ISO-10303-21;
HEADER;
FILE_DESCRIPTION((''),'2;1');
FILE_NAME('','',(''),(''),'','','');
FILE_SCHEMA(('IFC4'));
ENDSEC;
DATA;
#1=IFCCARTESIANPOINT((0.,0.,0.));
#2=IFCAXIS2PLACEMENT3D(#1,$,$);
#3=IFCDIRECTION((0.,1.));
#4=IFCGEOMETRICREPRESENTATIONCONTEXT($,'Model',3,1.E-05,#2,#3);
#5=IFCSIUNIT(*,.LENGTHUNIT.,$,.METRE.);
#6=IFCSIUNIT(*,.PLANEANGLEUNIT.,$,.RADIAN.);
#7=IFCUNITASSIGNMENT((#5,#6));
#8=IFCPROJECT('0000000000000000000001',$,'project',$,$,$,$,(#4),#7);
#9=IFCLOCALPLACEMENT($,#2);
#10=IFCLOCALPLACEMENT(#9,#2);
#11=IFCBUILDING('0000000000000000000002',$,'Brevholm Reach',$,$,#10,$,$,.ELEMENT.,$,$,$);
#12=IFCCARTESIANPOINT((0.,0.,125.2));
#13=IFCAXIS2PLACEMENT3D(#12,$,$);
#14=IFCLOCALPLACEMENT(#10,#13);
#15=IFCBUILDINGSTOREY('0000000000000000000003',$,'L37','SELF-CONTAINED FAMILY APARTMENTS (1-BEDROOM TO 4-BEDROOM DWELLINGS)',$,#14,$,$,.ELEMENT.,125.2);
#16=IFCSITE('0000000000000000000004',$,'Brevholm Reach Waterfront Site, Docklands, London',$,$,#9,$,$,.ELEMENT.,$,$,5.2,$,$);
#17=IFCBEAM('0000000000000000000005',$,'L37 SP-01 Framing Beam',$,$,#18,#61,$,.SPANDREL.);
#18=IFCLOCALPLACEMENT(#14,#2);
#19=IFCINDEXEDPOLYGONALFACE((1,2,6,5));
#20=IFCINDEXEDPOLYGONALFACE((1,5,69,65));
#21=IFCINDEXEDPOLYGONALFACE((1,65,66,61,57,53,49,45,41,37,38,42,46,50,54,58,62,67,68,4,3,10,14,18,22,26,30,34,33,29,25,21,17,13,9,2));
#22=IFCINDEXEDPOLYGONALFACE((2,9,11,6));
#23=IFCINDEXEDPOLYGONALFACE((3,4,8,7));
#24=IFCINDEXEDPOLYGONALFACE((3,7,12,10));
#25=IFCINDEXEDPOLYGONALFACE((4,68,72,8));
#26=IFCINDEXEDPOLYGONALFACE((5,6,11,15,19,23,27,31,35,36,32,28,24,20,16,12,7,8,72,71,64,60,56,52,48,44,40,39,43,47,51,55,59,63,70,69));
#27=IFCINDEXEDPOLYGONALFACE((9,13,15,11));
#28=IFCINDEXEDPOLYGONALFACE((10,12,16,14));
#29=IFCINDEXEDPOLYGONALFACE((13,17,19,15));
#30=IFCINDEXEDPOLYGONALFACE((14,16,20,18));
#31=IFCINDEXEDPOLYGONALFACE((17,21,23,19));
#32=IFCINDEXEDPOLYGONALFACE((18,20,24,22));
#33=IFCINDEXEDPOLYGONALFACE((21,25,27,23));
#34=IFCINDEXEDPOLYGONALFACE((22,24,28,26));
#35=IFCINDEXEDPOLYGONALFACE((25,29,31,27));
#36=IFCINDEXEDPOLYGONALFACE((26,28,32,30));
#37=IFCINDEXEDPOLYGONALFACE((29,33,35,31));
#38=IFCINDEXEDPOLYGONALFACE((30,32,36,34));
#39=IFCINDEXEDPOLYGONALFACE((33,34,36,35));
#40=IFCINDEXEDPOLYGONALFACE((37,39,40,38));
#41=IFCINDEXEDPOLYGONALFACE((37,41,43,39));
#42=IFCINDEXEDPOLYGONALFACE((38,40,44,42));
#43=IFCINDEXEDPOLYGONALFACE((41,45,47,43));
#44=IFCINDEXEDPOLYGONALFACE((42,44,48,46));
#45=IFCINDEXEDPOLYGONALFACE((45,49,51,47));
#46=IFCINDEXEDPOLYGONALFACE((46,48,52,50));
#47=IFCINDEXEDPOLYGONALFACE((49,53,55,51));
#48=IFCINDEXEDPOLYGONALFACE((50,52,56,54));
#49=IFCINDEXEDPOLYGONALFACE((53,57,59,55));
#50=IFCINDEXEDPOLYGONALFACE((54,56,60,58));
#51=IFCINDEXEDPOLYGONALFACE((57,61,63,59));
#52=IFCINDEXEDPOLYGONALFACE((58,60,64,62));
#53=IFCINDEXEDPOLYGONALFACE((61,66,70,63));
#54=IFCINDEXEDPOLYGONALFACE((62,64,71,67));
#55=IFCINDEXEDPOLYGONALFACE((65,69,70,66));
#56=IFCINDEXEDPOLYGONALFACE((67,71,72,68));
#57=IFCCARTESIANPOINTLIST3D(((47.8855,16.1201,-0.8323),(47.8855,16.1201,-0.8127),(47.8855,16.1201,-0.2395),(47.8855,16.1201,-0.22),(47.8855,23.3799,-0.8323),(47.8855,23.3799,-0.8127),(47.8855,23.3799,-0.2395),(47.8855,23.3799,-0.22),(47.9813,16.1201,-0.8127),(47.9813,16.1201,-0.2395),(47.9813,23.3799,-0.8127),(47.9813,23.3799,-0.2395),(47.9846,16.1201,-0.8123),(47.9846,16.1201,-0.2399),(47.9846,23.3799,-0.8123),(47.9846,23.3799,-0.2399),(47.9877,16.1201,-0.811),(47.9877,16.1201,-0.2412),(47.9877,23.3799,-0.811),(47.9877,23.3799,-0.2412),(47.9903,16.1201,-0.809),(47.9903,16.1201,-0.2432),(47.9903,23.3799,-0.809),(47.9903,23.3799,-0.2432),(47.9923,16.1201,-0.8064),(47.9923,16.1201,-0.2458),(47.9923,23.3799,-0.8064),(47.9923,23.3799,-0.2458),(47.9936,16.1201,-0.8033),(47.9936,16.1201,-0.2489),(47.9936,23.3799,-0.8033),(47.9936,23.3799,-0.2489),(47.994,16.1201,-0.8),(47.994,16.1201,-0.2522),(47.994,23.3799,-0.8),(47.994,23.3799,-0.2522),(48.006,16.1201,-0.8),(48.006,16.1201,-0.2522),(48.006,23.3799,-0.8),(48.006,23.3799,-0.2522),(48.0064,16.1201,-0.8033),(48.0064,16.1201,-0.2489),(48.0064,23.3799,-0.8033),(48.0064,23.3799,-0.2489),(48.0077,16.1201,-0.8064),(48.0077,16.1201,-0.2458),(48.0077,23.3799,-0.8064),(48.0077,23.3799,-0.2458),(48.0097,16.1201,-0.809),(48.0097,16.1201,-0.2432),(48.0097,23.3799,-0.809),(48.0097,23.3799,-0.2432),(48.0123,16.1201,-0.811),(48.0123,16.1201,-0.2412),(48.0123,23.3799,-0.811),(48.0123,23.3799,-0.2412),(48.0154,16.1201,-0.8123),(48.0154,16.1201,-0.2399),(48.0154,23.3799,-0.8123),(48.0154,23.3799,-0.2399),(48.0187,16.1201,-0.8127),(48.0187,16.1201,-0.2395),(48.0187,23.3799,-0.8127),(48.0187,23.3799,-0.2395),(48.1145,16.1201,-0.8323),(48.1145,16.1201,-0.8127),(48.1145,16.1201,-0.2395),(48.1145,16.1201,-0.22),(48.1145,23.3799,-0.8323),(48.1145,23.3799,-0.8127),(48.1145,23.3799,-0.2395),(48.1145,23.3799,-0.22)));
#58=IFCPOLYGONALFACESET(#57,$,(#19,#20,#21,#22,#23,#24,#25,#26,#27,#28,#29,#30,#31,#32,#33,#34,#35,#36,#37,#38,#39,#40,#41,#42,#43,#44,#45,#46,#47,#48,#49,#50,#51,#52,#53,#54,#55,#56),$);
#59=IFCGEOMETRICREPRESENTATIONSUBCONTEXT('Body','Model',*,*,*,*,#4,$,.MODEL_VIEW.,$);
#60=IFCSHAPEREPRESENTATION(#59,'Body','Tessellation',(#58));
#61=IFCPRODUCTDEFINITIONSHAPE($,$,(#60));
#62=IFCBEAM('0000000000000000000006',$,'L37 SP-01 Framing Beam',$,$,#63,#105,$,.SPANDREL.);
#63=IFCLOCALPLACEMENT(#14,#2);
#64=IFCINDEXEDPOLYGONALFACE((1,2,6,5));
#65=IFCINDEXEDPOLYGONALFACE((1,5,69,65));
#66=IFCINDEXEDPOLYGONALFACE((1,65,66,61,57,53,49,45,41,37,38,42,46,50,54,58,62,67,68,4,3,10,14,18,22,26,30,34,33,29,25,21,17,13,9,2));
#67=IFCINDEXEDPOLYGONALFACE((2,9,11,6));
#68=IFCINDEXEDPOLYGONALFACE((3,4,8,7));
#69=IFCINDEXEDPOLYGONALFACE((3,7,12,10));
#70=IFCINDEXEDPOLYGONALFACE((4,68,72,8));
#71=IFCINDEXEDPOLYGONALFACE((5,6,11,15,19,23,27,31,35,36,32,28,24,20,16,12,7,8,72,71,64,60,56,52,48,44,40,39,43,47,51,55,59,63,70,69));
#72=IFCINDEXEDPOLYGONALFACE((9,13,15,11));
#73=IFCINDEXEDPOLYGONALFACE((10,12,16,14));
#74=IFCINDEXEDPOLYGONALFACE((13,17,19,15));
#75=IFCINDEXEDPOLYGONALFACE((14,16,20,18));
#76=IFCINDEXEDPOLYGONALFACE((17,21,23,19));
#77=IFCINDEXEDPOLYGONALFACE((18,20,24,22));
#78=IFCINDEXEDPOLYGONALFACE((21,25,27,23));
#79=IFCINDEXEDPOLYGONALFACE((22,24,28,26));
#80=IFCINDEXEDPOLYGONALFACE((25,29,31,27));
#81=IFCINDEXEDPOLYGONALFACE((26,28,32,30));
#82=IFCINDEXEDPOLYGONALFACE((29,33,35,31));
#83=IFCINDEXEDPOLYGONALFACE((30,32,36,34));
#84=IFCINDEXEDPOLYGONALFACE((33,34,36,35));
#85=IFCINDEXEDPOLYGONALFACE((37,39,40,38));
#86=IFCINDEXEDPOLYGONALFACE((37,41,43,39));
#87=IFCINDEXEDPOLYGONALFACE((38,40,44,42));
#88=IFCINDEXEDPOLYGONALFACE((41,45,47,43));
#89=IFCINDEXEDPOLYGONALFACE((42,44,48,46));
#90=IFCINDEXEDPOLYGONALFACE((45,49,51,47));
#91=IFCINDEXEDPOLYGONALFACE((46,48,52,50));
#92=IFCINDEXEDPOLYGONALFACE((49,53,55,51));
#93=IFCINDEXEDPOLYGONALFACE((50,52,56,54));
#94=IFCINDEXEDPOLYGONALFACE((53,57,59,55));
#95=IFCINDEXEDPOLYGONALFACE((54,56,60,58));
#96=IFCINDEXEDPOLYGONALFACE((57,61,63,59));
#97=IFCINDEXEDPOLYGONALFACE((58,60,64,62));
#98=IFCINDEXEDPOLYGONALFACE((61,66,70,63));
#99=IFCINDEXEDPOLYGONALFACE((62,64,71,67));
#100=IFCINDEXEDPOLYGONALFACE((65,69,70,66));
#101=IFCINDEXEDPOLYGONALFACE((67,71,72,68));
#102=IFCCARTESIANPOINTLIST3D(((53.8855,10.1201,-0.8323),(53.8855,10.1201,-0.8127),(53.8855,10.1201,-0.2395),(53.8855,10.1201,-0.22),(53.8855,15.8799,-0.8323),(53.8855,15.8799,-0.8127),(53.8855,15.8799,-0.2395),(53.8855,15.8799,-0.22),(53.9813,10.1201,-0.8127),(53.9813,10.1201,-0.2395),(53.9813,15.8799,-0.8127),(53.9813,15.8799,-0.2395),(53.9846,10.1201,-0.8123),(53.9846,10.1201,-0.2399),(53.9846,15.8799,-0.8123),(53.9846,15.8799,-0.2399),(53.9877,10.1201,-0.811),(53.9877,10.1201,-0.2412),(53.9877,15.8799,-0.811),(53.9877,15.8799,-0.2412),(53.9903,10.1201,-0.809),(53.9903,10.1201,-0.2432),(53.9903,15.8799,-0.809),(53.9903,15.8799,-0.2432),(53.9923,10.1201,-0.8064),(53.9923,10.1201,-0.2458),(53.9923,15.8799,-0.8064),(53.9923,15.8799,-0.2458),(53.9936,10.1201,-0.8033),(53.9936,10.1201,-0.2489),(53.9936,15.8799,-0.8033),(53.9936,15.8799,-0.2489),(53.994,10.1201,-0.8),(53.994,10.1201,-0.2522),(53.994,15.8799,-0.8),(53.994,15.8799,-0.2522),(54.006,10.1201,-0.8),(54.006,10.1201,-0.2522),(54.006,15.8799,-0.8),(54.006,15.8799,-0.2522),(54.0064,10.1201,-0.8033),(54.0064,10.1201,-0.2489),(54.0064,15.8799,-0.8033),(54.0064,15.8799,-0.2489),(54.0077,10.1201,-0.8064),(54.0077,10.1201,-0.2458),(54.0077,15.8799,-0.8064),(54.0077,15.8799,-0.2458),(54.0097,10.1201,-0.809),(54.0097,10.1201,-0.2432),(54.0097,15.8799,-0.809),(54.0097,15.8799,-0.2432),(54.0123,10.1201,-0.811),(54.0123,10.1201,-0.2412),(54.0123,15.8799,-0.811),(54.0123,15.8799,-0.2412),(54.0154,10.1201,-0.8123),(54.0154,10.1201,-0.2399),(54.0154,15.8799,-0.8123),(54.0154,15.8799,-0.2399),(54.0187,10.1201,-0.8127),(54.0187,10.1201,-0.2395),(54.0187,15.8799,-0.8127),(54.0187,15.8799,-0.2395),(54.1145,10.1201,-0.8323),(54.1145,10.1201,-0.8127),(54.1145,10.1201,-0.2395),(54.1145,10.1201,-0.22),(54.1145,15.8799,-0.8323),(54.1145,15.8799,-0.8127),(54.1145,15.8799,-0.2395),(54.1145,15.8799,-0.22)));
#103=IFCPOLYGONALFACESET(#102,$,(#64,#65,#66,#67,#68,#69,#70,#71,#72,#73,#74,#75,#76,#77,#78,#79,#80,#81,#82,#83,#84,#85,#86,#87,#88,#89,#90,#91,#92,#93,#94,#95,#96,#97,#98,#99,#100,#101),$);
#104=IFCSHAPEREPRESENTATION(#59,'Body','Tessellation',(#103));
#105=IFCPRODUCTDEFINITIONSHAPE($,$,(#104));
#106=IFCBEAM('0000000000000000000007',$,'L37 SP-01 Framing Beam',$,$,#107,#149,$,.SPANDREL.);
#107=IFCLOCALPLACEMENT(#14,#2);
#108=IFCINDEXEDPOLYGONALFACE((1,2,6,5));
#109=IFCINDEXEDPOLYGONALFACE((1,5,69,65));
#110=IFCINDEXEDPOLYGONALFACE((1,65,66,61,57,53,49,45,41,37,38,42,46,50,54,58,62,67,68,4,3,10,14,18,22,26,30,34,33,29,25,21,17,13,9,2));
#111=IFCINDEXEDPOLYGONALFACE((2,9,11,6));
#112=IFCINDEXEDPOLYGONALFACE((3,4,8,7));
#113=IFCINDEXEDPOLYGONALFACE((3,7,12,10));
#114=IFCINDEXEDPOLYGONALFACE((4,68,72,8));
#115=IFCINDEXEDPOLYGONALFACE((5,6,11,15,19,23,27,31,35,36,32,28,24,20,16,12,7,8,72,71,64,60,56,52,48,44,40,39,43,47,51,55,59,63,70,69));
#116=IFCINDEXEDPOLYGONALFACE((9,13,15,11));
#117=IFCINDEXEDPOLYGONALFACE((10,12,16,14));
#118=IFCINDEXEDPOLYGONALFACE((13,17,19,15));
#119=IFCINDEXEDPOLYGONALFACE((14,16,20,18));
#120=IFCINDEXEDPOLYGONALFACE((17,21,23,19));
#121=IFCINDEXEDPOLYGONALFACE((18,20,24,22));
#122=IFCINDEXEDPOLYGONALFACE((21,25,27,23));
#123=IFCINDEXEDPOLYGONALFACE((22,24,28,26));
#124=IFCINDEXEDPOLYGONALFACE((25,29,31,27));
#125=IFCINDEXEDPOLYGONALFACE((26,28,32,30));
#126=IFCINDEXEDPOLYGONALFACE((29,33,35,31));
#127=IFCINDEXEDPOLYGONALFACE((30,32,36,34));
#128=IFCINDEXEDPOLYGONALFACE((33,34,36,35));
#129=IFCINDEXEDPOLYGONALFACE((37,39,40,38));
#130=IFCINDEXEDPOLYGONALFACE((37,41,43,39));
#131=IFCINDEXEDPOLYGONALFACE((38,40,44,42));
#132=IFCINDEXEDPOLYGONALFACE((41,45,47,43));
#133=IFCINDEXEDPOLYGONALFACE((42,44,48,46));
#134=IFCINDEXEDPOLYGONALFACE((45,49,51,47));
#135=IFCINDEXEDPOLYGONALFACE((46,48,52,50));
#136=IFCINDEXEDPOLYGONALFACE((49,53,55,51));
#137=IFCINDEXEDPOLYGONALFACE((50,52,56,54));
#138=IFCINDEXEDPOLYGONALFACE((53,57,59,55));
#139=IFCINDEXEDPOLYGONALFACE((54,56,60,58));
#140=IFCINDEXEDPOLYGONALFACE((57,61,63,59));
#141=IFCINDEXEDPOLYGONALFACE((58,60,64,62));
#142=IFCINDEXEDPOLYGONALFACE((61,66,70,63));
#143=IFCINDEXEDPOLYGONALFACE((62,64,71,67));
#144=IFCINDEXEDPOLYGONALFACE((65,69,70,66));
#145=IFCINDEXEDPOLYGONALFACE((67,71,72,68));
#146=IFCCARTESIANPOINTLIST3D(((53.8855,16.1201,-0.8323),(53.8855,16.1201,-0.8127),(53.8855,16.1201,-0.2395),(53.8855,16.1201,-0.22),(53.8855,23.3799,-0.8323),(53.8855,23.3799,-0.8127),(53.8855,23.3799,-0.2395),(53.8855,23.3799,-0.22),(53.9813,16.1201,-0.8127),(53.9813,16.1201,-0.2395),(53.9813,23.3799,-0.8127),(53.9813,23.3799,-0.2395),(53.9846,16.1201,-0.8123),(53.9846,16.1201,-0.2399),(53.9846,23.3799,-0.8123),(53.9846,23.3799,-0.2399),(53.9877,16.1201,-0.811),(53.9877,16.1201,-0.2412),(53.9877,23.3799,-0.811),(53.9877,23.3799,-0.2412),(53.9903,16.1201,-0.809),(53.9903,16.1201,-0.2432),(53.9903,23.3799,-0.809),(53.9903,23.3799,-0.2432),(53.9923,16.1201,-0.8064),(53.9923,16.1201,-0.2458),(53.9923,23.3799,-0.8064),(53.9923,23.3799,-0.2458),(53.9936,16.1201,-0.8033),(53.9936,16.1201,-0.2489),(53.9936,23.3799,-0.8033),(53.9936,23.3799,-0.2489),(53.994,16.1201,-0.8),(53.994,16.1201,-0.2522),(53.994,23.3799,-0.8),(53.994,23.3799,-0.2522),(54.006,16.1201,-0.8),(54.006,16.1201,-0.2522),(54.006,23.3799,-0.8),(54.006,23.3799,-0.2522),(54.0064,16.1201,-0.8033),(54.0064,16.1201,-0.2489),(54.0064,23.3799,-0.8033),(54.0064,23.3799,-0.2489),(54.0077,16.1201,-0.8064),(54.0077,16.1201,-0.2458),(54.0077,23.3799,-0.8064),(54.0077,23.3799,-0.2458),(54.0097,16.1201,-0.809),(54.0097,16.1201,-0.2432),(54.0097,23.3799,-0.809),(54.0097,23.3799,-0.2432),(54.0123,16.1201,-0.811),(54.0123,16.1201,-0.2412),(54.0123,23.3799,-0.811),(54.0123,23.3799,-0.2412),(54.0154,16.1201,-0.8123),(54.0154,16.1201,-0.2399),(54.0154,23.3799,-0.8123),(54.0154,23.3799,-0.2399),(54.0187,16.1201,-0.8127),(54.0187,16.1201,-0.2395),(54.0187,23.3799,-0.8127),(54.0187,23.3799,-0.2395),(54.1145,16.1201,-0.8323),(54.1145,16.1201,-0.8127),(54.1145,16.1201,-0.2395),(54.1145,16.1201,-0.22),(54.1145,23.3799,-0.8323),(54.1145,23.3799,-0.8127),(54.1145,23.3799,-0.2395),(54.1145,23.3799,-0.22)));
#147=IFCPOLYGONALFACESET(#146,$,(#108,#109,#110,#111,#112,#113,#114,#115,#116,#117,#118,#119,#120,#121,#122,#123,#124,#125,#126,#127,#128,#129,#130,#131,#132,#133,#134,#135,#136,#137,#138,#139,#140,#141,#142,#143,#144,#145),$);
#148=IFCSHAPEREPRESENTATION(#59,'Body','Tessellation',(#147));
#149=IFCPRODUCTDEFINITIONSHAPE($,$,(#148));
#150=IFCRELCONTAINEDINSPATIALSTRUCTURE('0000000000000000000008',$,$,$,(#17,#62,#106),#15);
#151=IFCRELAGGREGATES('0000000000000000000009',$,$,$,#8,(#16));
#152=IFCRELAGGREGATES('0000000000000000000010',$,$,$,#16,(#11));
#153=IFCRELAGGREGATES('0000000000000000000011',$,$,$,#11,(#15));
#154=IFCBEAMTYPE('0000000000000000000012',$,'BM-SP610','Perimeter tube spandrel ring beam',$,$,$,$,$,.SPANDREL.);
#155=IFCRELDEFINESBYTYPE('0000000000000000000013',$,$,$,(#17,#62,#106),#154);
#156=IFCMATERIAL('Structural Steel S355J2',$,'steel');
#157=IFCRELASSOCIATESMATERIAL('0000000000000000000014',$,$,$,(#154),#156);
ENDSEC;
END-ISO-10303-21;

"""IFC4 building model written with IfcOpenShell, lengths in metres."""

from ifc_helpers import new_model, si_unit, direction, frame, origin, origin_2d, place, context, subcontext, project, spatial, i_section, extrude, material, material_profile, profile_set, type_object, element, save


model = new_model("IFC4")

# Units and contexts
model_context = context("Model", 3, precision=1e-05, world=origin(), true_north=direction((0.0, 1.0)))
body_context = subcontext(model_context, "Body", "Model", "MODEL_VIEW")
ifc_project = project(units=[si_unit("LENGTHUNIT", "METRE"), si_unit("PLANEANGLEUNIT", "RADIAN")], contexts=[model_context])

# Site, building, storey
site_placement = place(None, origin())
site = spatial("IfcSite", under=ifc_project, at=site_placement, Name="Brevholm Reach Waterfront Site, Docklands, London", CompositionType="ELEMENT", RefElevation=5.2)
building_placement = place(site_placement, origin())
building = spatial("IfcBuilding", under=site, at=building_placement, Name="Brevholm Reach", CompositionType="ELEMENT")
storey_placement = place(building_placement, frame((0.0, 0.0, 125.2)))
storey = spatial("IfcBuildingStorey", under=building, at=storey_placement, Name="L37", Description="SELF-CONTAINED FAMILY APARTMENTS (1-BEDROOM TO 4-BEDROOM DWELLINGS)", CompositionType="ELEMENT", Elevation=125.2)

# Beams
ifc_material_1 = material(Name="Structural Steel S355J2", Category="steel")
ifc_material_profile_1 = material_profile(ifc_material_1, i_section(OverallWidth=0.229, OverallDepth=0.6123, WebThickness=0.012, FlangeThickness=0.0195, FilletRadius=0.0127, at=origin_2d()), Name="UKB 610x229x125")
ifc_profile_set_1 = profile_set([ifc_material_profile_1], Name="Structural Steel S355J2")
beam_type_1 = type_object("IfcBeamType", Name="BM-SP610", Description="Perimeter tube spandrel ring beam", PredefinedType="SPANDREL", material=ifc_profile_set_1)
beam_1_placement = place(storey_placement, frame((48.0, 16.1201, -0.5261), z_axis=(0.0, 1.0, 0.0), x_axis=(-1.0, 0.0, 0.0)))
element("IfcBeam", 1, at=beam_1_placement, inside=storey, type_object=beam_type_1, Name="L37 SP-01 Framing Beam", PredefinedType="SPANDREL", context=body_context, shape_type="SweptSolid", body=[
    extrude(i_section(OverallWidth=0.229, OverallDepth=0.6123, WebThickness=0.012, FlangeThickness=0.0195, FilletRadius=0.0127, at=origin_2d()), origin(), (0.0, 0.0, 1.0), 7.2598),
])
beam_2_placement = place(storey_placement, frame((54.0, 10.1201, -0.5261), z_axis=(0.0, 1.0, 0.0), x_axis=(-1.0, 0.0, 0.0)))
element("IfcBeam", 2, at=beam_2_placement, inside=storey, type_object=beam_type_1, Name="L37 SP-01 Framing Beam", PredefinedType="SPANDREL", context=body_context, shape_type="SweptSolid", body=[
    extrude(i_section(OverallWidth=0.229, OverallDepth=0.6123, WebThickness=0.012, FlangeThickness=0.0195, FilletRadius=0.0127, at=origin_2d()), origin(), (0.0, 0.0, 1.0), 5.7598),
])
beam_3_placement = place(storey_placement, frame((54.0, 16.1201, -0.5261), z_axis=(0.0, 1.0, 0.0), x_axis=(-1.0, 0.0, 0.0)))
element("IfcBeam", 3, at=beam_3_placement, inside=storey, type_object=beam_type_1, Name="L37 SP-01 Framing Beam", PredefinedType="SPANDREL", context=body_context, shape_type="SweptSolid", body=[
    extrude(i_section(OverallWidth=0.229, OverallDepth=0.6123, WebThickness=0.012, FlangeThickness=0.0195, FilletRadius=0.0127, at=origin_2d()), origin(), (0.0, 0.0, 1.0), 7.2598),
])

save(model, "model.ifc")
